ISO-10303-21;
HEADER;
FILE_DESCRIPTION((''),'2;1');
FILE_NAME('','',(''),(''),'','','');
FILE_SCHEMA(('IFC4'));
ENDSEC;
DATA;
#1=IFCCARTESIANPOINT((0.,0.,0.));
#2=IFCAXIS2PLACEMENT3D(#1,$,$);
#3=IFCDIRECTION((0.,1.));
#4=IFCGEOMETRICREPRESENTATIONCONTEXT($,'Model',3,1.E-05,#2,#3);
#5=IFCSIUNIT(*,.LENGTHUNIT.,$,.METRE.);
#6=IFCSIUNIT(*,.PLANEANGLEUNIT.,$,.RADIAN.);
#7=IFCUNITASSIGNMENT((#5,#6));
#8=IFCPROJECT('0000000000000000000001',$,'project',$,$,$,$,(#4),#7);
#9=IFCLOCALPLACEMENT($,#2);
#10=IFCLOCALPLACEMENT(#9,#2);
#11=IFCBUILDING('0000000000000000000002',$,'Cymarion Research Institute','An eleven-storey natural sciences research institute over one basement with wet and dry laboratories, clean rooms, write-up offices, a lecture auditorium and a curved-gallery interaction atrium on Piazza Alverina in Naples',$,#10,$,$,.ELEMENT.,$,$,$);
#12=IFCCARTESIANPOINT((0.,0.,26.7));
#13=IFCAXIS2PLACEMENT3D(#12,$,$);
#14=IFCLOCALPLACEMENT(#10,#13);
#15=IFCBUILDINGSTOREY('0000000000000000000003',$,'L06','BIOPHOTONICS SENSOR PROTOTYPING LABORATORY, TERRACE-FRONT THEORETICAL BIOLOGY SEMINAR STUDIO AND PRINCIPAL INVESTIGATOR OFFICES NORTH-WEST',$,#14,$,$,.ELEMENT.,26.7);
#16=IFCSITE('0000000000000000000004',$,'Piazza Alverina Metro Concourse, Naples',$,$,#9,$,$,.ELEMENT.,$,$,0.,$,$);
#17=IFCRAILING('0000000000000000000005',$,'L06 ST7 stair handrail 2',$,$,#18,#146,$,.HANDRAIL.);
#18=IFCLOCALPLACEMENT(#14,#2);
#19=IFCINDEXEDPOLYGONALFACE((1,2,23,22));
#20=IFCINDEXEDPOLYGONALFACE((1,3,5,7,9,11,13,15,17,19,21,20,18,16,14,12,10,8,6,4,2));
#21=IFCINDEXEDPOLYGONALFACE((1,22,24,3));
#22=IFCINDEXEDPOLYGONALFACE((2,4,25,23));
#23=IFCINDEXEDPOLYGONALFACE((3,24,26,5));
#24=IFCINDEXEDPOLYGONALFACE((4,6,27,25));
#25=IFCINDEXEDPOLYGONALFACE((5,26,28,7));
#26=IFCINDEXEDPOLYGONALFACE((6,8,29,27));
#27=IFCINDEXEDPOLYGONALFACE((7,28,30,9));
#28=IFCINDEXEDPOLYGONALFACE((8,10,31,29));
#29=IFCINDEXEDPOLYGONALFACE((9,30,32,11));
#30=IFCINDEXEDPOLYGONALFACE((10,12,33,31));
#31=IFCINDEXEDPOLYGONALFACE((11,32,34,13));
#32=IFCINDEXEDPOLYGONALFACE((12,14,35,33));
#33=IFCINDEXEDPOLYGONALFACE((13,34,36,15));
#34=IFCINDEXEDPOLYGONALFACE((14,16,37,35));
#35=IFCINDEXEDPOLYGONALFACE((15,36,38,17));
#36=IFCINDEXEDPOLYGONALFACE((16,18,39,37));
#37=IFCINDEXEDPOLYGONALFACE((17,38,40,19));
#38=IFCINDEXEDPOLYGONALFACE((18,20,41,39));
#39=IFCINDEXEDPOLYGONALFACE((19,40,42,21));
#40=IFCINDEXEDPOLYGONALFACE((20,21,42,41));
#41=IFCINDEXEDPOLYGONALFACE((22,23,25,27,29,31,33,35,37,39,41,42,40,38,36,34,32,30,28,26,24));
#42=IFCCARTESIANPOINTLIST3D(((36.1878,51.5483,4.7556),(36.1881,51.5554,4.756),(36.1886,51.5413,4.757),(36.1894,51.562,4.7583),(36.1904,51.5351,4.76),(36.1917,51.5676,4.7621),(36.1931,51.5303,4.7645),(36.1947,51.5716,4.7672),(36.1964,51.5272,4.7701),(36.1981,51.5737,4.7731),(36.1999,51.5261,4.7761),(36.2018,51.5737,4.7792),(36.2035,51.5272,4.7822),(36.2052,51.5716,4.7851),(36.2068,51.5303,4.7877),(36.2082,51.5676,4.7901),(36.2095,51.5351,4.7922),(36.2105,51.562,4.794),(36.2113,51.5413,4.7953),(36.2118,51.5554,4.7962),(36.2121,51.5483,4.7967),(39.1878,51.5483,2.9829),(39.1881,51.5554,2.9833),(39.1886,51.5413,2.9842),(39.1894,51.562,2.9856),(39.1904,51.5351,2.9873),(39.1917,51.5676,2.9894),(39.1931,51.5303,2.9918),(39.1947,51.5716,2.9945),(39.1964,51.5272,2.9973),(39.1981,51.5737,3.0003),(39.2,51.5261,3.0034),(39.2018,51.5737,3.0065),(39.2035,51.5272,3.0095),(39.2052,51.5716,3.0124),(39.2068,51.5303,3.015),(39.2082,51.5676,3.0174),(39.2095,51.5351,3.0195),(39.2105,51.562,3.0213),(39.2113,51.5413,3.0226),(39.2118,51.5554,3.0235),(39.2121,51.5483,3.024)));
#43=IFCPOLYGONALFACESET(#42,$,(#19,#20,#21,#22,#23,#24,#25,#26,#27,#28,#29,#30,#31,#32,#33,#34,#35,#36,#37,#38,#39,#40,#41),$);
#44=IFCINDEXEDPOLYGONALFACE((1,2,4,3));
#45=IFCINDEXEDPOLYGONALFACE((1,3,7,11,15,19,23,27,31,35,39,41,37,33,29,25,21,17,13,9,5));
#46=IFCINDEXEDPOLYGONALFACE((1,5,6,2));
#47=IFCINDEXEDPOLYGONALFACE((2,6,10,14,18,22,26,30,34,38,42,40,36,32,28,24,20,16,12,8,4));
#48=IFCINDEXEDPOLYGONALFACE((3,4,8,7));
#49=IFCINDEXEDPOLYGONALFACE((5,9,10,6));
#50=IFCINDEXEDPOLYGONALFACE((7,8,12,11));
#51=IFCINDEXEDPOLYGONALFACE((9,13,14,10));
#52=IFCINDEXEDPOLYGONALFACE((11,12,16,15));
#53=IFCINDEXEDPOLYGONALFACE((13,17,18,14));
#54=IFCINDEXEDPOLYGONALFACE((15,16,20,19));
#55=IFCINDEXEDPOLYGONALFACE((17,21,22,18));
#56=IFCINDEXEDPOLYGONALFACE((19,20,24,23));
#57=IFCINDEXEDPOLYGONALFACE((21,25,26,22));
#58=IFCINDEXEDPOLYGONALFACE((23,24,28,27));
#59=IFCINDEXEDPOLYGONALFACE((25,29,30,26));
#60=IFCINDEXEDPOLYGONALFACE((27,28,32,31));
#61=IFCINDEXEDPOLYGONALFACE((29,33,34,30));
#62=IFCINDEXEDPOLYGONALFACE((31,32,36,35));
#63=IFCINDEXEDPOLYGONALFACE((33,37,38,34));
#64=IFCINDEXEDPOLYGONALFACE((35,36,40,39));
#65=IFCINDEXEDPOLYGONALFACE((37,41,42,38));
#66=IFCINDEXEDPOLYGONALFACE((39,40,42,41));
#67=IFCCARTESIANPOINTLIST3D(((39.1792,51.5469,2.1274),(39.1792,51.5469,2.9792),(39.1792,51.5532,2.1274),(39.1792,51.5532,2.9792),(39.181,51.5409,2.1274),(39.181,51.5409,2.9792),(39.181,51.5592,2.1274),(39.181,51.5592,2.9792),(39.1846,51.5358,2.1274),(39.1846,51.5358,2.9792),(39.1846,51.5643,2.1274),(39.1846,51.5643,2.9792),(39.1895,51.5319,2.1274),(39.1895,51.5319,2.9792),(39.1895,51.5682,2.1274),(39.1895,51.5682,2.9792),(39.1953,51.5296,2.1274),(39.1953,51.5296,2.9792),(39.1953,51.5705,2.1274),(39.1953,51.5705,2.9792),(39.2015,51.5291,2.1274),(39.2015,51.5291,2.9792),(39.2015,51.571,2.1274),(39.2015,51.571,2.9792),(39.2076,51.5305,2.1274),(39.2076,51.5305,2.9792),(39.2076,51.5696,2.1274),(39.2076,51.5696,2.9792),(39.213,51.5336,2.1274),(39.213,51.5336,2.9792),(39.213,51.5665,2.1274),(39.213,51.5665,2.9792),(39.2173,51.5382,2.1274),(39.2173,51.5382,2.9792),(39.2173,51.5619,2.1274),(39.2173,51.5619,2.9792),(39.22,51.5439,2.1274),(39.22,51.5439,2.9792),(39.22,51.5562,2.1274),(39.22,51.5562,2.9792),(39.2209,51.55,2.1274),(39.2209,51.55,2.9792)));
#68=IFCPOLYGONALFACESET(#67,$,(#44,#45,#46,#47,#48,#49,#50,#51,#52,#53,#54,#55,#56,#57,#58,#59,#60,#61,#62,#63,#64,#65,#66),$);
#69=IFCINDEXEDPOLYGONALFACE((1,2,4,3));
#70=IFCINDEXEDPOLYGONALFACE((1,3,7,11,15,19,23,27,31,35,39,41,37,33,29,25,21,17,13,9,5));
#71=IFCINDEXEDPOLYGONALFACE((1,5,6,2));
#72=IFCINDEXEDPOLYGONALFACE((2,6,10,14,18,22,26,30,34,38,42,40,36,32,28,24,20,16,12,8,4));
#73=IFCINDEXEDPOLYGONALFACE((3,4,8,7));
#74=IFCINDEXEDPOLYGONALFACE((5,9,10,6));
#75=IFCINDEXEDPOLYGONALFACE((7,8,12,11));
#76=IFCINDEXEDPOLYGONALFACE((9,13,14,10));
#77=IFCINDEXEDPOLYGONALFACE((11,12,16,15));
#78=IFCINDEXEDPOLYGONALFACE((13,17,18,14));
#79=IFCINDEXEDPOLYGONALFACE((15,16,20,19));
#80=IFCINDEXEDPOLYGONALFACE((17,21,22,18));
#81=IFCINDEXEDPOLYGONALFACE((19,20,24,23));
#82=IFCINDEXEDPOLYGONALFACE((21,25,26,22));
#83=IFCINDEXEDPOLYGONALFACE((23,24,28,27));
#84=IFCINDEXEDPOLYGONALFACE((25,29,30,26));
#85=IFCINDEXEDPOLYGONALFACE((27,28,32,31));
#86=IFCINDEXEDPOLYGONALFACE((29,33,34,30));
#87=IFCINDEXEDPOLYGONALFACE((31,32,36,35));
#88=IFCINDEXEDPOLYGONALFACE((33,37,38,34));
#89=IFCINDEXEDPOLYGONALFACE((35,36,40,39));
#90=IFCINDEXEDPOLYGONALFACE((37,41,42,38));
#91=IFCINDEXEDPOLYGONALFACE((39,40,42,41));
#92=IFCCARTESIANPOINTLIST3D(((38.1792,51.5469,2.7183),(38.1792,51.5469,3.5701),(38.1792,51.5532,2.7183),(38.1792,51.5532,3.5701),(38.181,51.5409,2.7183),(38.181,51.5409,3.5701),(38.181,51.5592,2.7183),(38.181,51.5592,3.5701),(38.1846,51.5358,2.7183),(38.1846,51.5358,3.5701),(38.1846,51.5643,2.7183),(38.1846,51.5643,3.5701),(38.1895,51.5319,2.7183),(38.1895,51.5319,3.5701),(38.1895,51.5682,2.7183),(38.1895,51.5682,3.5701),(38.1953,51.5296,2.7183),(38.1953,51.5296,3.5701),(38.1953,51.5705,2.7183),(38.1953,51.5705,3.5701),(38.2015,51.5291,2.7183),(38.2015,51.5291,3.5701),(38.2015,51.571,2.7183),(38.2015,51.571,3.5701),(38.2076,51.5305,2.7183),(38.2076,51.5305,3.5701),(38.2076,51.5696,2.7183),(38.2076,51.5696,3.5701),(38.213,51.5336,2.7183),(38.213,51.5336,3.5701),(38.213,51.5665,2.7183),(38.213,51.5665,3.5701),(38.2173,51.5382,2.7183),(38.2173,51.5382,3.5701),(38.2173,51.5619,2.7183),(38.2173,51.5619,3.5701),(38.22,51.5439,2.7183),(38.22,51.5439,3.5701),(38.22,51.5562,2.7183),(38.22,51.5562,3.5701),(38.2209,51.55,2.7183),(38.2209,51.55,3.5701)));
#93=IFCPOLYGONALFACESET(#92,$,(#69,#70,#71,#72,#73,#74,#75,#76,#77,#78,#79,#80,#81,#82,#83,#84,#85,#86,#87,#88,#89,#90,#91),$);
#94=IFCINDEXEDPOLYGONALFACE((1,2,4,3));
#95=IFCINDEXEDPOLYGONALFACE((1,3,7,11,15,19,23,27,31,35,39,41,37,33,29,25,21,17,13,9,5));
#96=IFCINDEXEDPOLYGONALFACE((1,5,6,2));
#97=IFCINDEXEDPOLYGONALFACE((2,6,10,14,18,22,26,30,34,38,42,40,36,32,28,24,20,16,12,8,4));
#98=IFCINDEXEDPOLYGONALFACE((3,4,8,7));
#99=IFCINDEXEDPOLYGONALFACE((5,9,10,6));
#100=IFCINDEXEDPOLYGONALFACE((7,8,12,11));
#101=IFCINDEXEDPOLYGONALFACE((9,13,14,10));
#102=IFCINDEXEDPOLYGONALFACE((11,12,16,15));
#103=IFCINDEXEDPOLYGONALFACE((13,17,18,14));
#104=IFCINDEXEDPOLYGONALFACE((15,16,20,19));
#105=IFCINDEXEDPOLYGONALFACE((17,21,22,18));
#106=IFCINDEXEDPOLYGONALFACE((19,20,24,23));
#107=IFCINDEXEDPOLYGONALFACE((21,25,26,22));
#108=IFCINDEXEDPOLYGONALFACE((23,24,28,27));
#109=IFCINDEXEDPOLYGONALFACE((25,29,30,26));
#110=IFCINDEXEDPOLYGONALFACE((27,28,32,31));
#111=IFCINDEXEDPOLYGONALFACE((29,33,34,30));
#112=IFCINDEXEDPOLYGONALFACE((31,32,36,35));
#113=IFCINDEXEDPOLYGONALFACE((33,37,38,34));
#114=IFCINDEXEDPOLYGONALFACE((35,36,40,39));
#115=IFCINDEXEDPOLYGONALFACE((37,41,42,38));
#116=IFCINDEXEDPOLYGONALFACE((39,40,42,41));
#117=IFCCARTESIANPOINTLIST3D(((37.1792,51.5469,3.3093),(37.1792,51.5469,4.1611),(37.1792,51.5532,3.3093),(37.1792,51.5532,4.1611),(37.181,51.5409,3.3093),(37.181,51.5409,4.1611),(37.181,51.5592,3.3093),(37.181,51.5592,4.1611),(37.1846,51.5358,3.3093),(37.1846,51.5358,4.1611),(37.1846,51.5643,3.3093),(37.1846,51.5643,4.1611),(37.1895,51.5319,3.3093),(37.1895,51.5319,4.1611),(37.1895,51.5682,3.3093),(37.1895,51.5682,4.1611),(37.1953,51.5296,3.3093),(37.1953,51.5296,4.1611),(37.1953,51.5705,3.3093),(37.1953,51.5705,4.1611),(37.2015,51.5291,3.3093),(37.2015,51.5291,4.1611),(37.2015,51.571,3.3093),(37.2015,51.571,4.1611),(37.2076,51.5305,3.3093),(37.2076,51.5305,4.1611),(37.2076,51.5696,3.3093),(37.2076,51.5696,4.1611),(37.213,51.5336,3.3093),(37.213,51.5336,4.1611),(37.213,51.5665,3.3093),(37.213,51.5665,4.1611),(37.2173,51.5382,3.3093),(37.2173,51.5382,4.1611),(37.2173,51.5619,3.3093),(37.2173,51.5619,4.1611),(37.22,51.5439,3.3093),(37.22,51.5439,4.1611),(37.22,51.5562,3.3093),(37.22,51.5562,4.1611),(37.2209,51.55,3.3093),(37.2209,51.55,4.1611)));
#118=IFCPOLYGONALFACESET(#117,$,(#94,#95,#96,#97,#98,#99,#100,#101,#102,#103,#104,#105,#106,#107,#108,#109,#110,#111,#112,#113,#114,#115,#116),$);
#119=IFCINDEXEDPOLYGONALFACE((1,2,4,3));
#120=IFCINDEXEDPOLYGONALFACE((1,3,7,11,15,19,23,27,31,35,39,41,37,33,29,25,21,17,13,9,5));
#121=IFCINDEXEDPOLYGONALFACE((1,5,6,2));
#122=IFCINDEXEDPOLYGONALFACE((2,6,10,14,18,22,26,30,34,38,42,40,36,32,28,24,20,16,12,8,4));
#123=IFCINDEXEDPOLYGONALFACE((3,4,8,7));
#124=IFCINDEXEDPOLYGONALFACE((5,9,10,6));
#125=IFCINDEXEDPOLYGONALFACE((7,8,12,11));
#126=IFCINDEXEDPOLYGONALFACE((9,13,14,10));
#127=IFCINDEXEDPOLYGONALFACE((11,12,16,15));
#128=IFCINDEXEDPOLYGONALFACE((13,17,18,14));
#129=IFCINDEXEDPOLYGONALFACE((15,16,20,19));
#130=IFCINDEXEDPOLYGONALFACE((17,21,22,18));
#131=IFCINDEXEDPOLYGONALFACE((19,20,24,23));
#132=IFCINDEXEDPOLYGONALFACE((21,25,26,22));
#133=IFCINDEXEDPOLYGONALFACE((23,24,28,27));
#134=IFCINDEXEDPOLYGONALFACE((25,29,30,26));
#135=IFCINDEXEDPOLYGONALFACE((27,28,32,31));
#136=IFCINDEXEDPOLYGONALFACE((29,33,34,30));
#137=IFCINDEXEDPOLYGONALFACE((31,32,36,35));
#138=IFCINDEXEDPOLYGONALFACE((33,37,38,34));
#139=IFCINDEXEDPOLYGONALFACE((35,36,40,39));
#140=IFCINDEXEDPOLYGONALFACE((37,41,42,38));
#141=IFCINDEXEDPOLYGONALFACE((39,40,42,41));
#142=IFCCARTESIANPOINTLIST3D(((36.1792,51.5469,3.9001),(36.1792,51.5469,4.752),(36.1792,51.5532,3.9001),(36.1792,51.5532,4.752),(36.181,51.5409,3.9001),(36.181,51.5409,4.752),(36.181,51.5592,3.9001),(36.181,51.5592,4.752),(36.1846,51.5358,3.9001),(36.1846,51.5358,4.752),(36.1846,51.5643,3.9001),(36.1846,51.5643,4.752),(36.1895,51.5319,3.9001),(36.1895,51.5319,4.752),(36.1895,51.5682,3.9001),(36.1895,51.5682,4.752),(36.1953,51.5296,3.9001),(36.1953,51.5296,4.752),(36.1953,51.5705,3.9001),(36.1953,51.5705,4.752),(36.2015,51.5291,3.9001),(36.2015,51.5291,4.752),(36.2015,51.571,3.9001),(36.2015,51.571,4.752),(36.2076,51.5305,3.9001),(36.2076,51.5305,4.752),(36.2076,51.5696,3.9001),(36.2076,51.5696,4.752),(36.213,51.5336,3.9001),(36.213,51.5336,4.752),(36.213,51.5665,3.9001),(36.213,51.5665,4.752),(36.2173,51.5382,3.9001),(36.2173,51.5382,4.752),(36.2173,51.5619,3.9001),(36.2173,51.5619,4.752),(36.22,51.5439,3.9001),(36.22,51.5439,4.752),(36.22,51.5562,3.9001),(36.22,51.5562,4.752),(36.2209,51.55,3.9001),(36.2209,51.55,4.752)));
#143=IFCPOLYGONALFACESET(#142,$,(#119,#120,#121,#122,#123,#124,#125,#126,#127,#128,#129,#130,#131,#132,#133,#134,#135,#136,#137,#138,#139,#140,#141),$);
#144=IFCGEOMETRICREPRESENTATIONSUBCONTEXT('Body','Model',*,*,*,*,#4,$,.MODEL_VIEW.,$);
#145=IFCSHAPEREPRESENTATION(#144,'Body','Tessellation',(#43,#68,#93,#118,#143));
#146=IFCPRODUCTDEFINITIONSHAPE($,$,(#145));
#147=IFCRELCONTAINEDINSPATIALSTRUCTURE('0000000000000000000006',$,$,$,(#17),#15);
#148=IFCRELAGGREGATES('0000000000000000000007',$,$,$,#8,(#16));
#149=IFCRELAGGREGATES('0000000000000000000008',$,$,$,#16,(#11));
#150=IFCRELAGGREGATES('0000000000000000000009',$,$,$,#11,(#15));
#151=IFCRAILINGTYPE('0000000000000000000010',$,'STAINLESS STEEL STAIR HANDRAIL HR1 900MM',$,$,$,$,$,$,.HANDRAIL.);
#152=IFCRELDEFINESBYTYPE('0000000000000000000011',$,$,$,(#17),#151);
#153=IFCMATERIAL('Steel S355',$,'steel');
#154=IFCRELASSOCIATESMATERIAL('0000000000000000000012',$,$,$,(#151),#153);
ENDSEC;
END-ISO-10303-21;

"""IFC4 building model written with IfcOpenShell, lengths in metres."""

from ifc_helpers import new_model, si_unit, direction, frame, origin, origin_2d, place, context, subcontext, project, spatial, circle, extrude, material, type_object, element, save


model = new_model("IFC4")

# Units and contexts
model_context = context("Model", 3, precision=1e-05, world=origin(), true_north=direction((0.0, 1.0)))
body_context = subcontext(model_context, "Body", "Model", "MODEL_VIEW")
ifc_project = project(units=[si_unit("LENGTHUNIT", "METRE"), si_unit("PLANEANGLEUNIT", "RADIAN")], contexts=[model_context])

# Site, building, storey
site_placement = place(None, origin())
site = spatial("IfcSite", under=ifc_project, at=site_placement, Name="Piazza Alverina Metro Concourse, Naples", CompositionType="ELEMENT", RefElevation=0.0)
building_placement = place(site_placement, origin())
building = spatial("IfcBuilding", under=site, at=building_placement, Name="Cymarion Research Institute", Description="An eleven-storey natural sciences research institute over one basement with wet and dry laboratories, clean rooms, write-up offices, a lecture auditorium and a curved-gallery interaction atrium on Piazza Alverina in Naples", CompositionType="ELEMENT")
storey_placement = place(building_placement, frame((0.0, 0.0, 26.7)))
storey = spatial("IfcBuildingStorey", under=building, at=storey_placement, Name="L06", Description="BIOPHOTONICS SENSOR PROTOTYPING LABORATORY, TERRACE-FRONT THEORETICAL BIOLOGY SEMINAR STUDIO AND PRINCIPAL INVESTIGATOR OFFICES NORTH-WEST", CompositionType="ELEMENT", Elevation=26.7)

# Shared definitions
ifc_material_1 = material(Name="Steel S355", Category="steel")

# Railing
railing_type_1 = type_object("IfcRailingType", Name="STAINLESS STEEL STAIR HANDRAIL HR1 900MM", PredefinedType="HANDRAIL", material=ifc_material_1)
railing_1_placement = place(storey_placement, frame((39.2, 51.55, 2.1274)))
element("IfcRailing", 1, at=railing_1_placement, inside=storey, type_object=railing_type_1, Name="L06 ST7 stair handrail 2", PredefinedType="HANDRAIL", context=body_context, shape_type="SweptSolid", body=[
    extrude(circle(Radius=0.0239, at=origin_2d()), frame((0.0, 0.0, 0.876), z_axis=(-0.860929, 0.0, 0.508725), x_axis=(0.0, -1.0, 0.0)), (0.0, 0.0, 1.0), 3.4846),
    extrude(circle(Radius=0.021, at=origin_2d()), origin(), (0.0, 0.0, 1.0), 0.8518),
    extrude(circle(Radius=0.021, at=origin_2d()), frame((-1.0, 0.0, 0.5908)), (0.0, 0.0, 1.0), 0.8518),
    extrude(circle(Radius=0.021, at=origin_2d()), frame((-2.0, 0.0, 1.1819)), (0.0, 0.0, 1.0), 0.8518),
    extrude(circle(Radius=0.021, at=origin_2d()), frame((-3.0, 0.0, 1.7727)), (0.0, 0.0, 1.0), 0.8518),
])

save(model, "model.ifc")
